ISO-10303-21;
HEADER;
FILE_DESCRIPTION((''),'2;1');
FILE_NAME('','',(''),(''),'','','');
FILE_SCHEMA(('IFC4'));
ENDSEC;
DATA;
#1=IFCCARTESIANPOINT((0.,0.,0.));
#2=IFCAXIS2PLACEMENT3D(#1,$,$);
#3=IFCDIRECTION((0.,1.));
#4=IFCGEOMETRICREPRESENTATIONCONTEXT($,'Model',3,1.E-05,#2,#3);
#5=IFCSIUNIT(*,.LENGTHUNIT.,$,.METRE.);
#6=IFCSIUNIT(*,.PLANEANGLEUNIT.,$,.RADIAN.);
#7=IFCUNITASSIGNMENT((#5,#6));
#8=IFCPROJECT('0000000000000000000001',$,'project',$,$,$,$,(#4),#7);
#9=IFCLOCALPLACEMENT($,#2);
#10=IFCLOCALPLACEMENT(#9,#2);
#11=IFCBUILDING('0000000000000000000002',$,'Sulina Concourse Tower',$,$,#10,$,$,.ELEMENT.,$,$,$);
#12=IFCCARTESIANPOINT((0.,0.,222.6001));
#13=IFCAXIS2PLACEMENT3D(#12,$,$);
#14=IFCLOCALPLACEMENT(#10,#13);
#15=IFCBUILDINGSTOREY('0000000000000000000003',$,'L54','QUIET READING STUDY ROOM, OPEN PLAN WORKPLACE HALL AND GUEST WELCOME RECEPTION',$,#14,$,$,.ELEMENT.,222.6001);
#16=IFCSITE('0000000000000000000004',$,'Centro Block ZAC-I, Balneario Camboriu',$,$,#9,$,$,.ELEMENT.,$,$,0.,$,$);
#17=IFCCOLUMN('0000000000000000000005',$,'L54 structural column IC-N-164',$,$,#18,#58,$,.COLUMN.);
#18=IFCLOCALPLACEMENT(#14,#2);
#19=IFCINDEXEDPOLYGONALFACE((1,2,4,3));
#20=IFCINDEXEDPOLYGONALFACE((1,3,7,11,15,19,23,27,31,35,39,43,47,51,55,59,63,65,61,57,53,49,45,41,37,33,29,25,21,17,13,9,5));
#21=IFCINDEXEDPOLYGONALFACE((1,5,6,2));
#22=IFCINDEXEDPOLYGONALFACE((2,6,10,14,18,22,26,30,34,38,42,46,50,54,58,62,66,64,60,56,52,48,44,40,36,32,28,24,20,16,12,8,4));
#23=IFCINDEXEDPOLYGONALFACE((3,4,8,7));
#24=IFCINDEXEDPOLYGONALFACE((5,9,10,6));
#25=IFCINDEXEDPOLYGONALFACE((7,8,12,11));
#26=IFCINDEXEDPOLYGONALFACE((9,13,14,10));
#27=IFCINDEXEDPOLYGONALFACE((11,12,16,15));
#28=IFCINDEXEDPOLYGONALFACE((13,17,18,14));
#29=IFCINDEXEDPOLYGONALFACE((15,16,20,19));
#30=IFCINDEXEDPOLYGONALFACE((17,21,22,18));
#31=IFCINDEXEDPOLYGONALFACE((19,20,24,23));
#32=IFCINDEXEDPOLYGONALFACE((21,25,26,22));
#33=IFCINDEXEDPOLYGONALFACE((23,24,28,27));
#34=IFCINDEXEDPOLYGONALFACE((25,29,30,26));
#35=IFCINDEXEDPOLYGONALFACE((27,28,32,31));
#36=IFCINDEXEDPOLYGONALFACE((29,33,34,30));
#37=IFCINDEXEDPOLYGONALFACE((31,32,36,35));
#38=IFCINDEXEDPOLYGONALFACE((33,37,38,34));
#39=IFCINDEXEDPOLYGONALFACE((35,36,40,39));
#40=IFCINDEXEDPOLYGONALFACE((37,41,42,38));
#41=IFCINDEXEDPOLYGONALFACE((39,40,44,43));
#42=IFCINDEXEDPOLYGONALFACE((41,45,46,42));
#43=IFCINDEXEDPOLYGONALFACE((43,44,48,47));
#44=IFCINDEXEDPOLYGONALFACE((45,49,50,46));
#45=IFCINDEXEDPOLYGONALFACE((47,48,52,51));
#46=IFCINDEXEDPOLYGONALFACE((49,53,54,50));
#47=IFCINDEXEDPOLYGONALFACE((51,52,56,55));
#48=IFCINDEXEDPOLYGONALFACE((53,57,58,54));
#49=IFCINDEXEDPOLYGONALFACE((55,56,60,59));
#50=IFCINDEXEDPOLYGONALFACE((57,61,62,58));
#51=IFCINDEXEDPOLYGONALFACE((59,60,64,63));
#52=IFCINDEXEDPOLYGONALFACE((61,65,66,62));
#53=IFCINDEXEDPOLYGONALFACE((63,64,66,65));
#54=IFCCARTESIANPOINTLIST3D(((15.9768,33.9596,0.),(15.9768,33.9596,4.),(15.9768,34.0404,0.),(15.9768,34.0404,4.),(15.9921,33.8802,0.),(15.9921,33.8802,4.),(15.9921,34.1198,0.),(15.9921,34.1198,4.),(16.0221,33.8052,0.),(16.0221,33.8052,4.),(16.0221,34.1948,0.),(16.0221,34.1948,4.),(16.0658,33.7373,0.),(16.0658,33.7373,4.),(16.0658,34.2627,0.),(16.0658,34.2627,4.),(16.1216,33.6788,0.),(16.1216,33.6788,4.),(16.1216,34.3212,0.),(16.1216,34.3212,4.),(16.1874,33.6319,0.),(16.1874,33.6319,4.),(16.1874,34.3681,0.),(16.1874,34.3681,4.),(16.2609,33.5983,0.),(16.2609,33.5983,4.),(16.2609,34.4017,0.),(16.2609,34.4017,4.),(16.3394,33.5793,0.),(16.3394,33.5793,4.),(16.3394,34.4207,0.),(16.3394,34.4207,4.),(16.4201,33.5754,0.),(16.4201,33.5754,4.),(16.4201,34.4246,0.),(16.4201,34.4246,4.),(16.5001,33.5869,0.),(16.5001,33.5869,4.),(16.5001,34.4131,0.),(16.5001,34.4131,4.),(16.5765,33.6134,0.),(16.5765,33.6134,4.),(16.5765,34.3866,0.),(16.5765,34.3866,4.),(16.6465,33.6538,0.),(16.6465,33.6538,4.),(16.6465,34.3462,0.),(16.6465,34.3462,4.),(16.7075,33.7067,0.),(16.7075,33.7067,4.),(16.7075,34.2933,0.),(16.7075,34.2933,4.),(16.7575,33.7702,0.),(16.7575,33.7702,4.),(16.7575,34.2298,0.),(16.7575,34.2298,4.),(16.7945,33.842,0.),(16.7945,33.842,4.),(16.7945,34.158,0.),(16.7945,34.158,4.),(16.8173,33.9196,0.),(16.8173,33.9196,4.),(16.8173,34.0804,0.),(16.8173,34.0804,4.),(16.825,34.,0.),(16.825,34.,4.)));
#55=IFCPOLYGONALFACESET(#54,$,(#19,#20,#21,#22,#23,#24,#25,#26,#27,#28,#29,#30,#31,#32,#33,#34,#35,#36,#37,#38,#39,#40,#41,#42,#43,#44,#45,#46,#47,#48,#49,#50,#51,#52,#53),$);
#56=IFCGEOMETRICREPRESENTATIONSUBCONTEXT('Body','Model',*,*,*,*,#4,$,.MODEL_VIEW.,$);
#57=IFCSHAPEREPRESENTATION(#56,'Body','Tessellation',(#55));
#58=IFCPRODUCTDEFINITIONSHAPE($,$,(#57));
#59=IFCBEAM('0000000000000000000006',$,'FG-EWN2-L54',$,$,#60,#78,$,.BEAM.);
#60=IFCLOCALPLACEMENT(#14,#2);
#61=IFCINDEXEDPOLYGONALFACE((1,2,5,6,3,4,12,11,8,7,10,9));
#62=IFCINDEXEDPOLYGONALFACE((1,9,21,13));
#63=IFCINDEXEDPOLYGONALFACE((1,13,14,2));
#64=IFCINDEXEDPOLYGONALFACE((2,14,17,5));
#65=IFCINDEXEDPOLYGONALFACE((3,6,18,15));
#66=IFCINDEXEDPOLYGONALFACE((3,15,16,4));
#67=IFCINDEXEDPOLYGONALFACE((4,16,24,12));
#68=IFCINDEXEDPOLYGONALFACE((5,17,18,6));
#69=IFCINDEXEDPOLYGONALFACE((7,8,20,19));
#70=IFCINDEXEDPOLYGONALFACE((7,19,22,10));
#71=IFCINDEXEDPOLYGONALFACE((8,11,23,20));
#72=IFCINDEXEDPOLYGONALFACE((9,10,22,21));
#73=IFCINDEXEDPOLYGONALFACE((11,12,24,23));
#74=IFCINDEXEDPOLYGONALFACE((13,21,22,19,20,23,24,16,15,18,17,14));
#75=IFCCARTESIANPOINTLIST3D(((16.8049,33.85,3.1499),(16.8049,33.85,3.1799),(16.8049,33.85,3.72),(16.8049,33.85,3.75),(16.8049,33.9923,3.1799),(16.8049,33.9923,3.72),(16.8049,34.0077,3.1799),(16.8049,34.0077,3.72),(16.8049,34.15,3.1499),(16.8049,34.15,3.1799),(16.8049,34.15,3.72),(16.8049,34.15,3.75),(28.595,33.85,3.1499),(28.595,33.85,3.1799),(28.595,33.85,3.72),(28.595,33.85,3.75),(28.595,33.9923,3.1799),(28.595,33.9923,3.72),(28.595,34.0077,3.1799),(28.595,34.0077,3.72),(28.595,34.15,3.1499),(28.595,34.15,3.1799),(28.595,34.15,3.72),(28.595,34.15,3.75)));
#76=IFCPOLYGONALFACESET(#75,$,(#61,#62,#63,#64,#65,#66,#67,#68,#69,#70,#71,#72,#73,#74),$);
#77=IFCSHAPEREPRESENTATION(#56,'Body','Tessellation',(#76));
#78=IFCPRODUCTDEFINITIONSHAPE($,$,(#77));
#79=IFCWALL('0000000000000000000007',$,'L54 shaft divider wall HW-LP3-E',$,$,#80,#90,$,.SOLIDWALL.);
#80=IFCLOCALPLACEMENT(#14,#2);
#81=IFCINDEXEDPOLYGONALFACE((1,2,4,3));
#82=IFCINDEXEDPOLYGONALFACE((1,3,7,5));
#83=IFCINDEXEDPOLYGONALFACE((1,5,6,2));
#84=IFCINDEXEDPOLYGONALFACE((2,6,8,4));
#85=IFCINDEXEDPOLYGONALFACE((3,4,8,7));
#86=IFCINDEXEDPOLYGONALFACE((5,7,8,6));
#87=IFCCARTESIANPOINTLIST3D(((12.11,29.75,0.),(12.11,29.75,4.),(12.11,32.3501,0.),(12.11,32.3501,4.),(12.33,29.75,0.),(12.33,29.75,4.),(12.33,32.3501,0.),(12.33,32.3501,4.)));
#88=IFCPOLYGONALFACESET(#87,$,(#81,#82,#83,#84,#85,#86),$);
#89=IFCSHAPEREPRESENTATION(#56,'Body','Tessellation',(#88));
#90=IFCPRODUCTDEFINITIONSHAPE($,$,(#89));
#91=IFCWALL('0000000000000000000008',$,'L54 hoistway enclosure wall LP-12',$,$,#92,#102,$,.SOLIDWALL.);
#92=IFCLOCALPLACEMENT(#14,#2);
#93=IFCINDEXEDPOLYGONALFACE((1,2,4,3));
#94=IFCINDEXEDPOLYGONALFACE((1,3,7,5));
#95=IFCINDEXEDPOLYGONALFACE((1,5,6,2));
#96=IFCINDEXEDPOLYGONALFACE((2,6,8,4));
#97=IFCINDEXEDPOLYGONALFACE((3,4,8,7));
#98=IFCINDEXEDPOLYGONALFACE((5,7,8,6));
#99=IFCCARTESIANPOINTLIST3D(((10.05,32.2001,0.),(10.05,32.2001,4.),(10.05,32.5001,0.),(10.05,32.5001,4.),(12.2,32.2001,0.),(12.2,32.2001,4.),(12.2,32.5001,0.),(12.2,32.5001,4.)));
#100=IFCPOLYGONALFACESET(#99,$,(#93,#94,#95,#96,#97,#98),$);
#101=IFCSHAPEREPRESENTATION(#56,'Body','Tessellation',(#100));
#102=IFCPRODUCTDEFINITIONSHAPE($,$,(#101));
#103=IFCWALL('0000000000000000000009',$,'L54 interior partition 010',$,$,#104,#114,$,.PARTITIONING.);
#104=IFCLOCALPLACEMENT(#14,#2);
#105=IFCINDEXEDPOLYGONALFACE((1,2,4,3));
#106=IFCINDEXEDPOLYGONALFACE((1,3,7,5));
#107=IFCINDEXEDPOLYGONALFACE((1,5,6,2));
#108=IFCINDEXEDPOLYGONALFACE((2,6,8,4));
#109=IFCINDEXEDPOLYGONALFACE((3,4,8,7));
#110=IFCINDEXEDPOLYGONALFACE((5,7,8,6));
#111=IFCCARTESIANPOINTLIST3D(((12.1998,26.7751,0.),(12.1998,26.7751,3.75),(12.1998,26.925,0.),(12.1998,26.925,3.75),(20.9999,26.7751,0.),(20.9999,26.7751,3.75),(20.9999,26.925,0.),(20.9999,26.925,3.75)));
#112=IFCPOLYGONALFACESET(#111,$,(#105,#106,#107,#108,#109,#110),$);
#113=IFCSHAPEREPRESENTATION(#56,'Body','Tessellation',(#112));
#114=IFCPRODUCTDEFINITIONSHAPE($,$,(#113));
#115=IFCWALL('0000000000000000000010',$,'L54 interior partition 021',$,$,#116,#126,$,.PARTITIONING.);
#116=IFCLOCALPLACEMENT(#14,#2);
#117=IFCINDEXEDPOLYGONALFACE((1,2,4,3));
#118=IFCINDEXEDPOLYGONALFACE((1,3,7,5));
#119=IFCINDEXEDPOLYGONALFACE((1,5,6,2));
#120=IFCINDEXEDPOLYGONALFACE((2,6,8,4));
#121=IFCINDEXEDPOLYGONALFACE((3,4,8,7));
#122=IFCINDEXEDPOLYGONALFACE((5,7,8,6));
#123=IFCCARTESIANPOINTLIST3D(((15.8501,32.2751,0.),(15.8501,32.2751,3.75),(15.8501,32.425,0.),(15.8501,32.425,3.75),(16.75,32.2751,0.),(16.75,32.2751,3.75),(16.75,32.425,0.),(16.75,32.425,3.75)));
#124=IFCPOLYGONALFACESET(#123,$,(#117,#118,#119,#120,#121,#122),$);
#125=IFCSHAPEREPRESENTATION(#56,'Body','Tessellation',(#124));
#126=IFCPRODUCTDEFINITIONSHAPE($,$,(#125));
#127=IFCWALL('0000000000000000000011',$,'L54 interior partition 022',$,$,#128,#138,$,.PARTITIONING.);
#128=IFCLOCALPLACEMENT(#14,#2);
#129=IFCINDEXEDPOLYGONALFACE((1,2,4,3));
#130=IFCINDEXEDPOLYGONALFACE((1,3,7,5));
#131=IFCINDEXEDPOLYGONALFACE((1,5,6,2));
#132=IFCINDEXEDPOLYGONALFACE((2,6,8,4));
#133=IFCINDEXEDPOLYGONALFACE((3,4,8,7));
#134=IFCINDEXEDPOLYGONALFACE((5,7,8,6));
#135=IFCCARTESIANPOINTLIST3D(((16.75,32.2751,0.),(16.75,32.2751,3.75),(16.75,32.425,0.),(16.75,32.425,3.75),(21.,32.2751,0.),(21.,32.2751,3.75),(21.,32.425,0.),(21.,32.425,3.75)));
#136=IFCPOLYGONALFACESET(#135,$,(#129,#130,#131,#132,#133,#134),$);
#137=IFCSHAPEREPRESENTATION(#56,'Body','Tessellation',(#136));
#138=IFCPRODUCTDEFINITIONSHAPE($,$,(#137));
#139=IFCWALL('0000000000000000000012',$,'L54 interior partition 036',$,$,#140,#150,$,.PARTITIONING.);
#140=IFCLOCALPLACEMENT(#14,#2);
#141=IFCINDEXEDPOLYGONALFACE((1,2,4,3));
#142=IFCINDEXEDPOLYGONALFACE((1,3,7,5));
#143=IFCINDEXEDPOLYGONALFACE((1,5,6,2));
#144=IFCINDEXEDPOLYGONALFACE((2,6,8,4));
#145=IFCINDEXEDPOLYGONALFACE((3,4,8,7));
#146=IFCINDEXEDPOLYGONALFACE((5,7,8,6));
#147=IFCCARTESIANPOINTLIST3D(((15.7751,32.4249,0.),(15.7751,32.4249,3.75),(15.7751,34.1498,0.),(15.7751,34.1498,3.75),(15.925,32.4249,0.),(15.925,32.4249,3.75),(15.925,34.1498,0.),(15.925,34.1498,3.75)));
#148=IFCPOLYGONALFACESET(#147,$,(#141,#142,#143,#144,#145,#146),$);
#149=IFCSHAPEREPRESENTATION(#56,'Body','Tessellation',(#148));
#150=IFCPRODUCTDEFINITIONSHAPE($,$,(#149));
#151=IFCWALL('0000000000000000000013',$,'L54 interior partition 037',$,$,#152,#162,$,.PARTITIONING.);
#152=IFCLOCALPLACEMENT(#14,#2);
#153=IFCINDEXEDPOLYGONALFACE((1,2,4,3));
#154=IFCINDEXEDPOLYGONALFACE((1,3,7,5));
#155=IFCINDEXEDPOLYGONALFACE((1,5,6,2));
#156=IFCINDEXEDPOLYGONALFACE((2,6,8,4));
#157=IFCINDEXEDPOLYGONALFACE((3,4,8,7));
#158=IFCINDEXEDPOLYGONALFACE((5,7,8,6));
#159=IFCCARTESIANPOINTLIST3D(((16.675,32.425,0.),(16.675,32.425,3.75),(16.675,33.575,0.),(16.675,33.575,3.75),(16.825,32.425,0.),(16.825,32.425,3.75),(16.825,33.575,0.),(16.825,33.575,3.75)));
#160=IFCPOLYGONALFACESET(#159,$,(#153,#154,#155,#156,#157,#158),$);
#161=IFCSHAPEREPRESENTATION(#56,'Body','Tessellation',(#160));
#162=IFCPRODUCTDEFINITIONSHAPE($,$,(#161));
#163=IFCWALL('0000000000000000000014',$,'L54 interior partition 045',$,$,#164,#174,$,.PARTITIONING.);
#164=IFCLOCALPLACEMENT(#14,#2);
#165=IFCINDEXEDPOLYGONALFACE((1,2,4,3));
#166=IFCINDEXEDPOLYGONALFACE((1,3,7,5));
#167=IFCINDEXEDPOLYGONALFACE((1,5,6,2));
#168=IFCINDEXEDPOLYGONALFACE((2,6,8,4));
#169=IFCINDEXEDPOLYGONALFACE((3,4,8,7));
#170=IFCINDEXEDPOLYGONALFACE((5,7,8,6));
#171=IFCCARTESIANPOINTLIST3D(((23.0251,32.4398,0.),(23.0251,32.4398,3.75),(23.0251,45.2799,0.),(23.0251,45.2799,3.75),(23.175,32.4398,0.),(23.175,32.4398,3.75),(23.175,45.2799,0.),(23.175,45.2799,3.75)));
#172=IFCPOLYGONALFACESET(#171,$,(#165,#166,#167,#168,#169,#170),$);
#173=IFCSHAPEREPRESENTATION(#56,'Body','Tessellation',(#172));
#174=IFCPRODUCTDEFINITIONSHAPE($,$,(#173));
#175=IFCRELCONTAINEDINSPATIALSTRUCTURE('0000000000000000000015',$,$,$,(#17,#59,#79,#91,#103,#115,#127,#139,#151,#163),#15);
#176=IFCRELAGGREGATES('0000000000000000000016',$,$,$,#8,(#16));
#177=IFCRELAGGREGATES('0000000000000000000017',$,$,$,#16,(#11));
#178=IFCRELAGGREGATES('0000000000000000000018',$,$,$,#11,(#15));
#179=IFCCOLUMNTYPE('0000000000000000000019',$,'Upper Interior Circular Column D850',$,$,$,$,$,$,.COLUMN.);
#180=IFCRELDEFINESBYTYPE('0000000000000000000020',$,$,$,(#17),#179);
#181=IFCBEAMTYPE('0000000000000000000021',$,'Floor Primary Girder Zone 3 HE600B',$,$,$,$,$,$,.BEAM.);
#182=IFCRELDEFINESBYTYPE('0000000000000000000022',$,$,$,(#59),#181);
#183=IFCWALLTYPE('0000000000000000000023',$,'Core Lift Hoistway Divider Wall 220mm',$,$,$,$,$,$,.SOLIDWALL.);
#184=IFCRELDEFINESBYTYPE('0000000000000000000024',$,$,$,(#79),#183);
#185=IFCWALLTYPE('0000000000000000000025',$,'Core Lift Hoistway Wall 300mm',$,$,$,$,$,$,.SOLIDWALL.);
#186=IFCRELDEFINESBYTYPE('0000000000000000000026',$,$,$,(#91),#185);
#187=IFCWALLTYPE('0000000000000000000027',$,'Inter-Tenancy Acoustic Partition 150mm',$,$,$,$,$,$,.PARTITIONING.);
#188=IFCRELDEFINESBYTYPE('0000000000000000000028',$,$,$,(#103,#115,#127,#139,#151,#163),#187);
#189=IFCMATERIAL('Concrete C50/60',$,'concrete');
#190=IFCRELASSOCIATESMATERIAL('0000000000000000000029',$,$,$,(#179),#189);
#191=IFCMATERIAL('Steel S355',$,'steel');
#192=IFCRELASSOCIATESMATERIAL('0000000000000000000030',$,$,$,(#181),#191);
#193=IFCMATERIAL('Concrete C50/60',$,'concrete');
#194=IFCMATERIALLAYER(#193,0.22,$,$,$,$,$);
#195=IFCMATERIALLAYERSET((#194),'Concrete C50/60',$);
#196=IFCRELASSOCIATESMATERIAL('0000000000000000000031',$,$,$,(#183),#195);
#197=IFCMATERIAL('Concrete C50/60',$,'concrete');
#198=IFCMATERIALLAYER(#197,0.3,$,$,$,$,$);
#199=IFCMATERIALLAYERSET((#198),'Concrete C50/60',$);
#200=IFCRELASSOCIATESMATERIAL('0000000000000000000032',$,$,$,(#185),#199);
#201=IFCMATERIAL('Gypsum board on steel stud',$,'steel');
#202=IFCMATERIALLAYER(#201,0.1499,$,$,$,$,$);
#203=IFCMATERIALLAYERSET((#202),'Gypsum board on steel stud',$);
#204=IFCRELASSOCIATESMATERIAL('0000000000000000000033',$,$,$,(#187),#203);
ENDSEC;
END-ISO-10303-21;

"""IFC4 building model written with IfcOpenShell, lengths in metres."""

from ifc_helpers import new_model, si_unit, direction, frame, frame_2d, origin, origin_2d, place, context, subcontext, project, spatial, rectangle, circle, i_section, extrude, material, layer, layer_set, material_profile, profile_set, type_object, element, save


model = new_model("IFC4")

# Units and contexts
model_context = context("Model", 3, precision=1e-05, world=origin(), true_north=direction((0.0, 1.0)))
body_context = subcontext(model_context, "Body", "Model", "MODEL_VIEW")
ifc_project = project(units=[si_unit("LENGTHUNIT", "METRE"), si_unit("PLANEANGLEUNIT", "RADIAN")], contexts=[model_context])

# Site, building, storey
site_placement = place(None, origin())
site = spatial("IfcSite", under=ifc_project, at=site_placement, Name="Centro Block ZAC-I, Balneario Camboriu", CompositionType="ELEMENT", RefElevation=0.0)
building_placement = place(site_placement, origin())
building = spatial("IfcBuilding", under=site, at=building_placement, Name="Sulina Concourse Tower", CompositionType="ELEMENT")
storey_placement = place(building_placement, frame((0.0, 0.0, 222.6001)))
storey = spatial("IfcBuildingStorey", under=building, at=storey_placement, Name="L54", Description="QUIET READING STUDY ROOM, OPEN PLAN WORKPLACE HALL AND GUEST WELCOME RECEPTION", CompositionType="ELEMENT", Elevation=222.6001)

# Column
ifc_material_1 = material(Name="Concrete C50/60", Category="concrete")
ifc_material_profile_1 = material_profile(ifc_material_1, circle(Radius=0.425, at=origin_2d()), Name="RC D850")
ifc_profile_set_1 = profile_set([ifc_material_profile_1], Name="Concrete C50/60")
column_type = type_object("IfcColumnType", Name="Upper Interior Circular Column D850", PredefinedType="COLUMN", material=ifc_profile_set_1)
column_placement = place(storey_placement, frame((16.3999, 34.0, 0.0), z_axis=(0.0, 0.0, 1.0), x_axis=(1.0, 0.0, 0.0)))
element("IfcColumn", 1, at=column_placement, inside=storey, type_object=column_type, Name="L54 structural column IC-N-164", PredefinedType="COLUMN", context=body_context, shape_type="SweptSolid", body=[
    extrude(circle(Radius=0.425, at=origin_2d()), origin(), (0.0, 0.0, 1.0), 4.0),
])

# Beam
ifc_material_2 = material(Name="Steel S355", Category="steel")
ifc_material_profile_2 = material_profile(ifc_material_2, i_section(OverallWidth=0.3, OverallDepth=0.6001, WebThickness=0.0154, FlangeThickness=0.03, at=origin_2d()), Name="HE 600 B")
ifc_profile_set_2 = profile_set([ifc_material_profile_2], Name="Steel S355")
beam_type = type_object("IfcBeamType", Name="Floor Primary Girder Zone 3 HE600B", PredefinedType="BEAM", material=ifc_profile_set_2)
beam_placement = place(storey_placement, frame((16.8049, 34.0, 3.45), z_axis=(1.0, 0.0, 0.0), x_axis=(0.0, 1.0, 0.0)))
element("IfcBeam", 2, at=beam_placement, inside=storey, type_object=beam_type, Name="FG-EWN2-L54", PredefinedType="BEAM", context=body_context, shape_type="SweptSolid", body=[
    extrude(i_section(OverallWidth=0.3, OverallDepth=0.6001, WebThickness=0.0154, FlangeThickness=0.03, at=origin_2d()), origin(), (0.0, 0.0, 1.0), 11.79),
])

# Walls
ifc_material_3 = material(Name="Concrete C50/60", Category="concrete")
ifc_layer_1 = layer(ifc_material_3, 0.22)
ifc_layer_set_1 = layer_set([ifc_layer_1], Name="Concrete C50/60")
wall_type_1 = type_object("IfcWallType", Name="Core Lift Hoistway Divider Wall 220mm", PredefinedType="SOLIDWALL", material=ifc_layer_set_1)
wall_1_placement = place(storey_placement, frame((12.22, 29.75, 0.0), z_axis=(0.0, 0.0, 1.0), x_axis=(0.0, 1.0, 0.0)))
element("IfcWall", 3, at=wall_1_placement, inside=storey, type_object=wall_type_1, Name="L54 shaft divider wall HW-LP3-E", PredefinedType="SOLIDWALL", context=body_context, shape_type="SweptSolid", body=[
    extrude(rectangle(XDim=2.6001, YDim=0.22, at=frame_2d((1.3, 0.0))), origin(), (0.0, 0.0, 1.0), 4.0),
])
ifc_material_4 = material(Name="Concrete C50/60", Category="concrete")
ifc_layer_2 = layer(ifc_material_4, 0.3)
ifc_layer_set_2 = layer_set([ifc_layer_2], Name="Concrete C50/60")
wall_type_2 = type_object("IfcWallType", Name="Core Lift Hoistway Wall 300mm", PredefinedType="SOLIDWALL", material=ifc_layer_set_2)
wall_2_placement = place(storey_placement, frame((10.05, 32.3501, 0.0), z_axis=(0.0, 0.0, 1.0), x_axis=(1.0, 0.0, 0.0)))
element("IfcWall", 4, at=wall_2_placement, inside=storey, type_object=wall_type_2, Name="L54 hoistway enclosure wall LP-12", PredefinedType="SOLIDWALL", context=body_context, shape_type="SweptSolid", body=[
    extrude(rectangle(XDim=2.1499, YDim=0.3, at=frame_2d((1.075, 0.0))), origin(), (0.0, 0.0, 1.0), 4.0),
])
ifc_material_5 = material(Name="Gypsum board on steel stud", Category="steel")
ifc_layer_3 = layer(ifc_material_5, 0.1499)
ifc_layer_set_3 = layer_set([ifc_layer_3], Name="Gypsum board on steel stud")
wall_type_3 = type_object("IfcWallType", Name="Inter-Tenancy Acoustic Partition 150mm", PredefinedType="PARTITIONING", material=ifc_layer_set_3)
wall_3_placement = place(storey_placement, frame((12.2, 26.8501, 0.0), z_axis=(0.0, 0.0, 1.0), x_axis=(1.0, 0.0, 0.0)))
element("IfcWall", 5, at=wall_3_placement, inside=storey, type_object=wall_type_3, Name="L54 interior partition 010", PredefinedType="PARTITIONING", context=body_context, shape_type="SweptSolid", body=[
    extrude(rectangle(XDim=8.8, YDim=0.1499, at=frame_2d((4.3999, 0.0))), origin(), (0.0, 0.0, 1.0), 3.75),
])

# Walls
wall_4_placement = place(storey_placement, frame((15.8501, 32.3501, 0.0), z_axis=(0.0, 0.0, 1.0), x_axis=(1.0, 0.0, 0.0)))
element("IfcWall", 6, at=wall_4_placement, inside=storey, type_object=wall_type_3, Name="L54 interior partition 021", PredefinedType="PARTITIONING", context=body_context, shape_type="SweptSolid", body=[
    extrude(rectangle(XDim=0.8999, YDim=0.1499, at=frame_2d((0.45, 0.0))), origin(), (0.0, 0.0, 1.0), 3.75),
])
wall_5_placement = place(storey_placement, frame((16.75, 32.3501, 0.0), z_axis=(0.0, 0.0, 1.0), x_axis=(1.0, 0.0, 0.0)))
element("IfcWall", 7, at=wall_5_placement, inside=storey, type_object=wall_type_3, Name="L54 interior partition 022", PredefinedType="PARTITIONING", context=body_context, shape_type="SweptSolid", body=[
    extrude(rectangle(XDim=4.25, YDim=0.1499, at=frame_2d((2.125, 0.0))), origin(), (0.0, 0.0, 1.0), 3.75),
])
wall_6_placement = place(storey_placement, frame((15.8501, 32.425, 0.0), z_axis=(0.0, 0.0, 1.0), x_axis=(0.0, 1.0, 0.0)))
element("IfcWall", 8, at=wall_6_placement, inside=storey, type_object=wall_type_3, Name="L54 interior partition 036", PredefinedType="PARTITIONING", context=body_context, shape_type="SweptSolid", body=[
    extrude(rectangle(XDim=1.7249, YDim=0.1499, at=frame_2d((0.8623, 0.0))), origin(), (0.0, 0.0, 1.0), 3.75),
])
wall_7_placement = place(storey_placement, frame((16.75, 32.425, 0.0), z_axis=(0.0, 0.0, 1.0), x_axis=(0.0, 1.0, 0.0)))
element("IfcWall", 9, at=wall_7_placement, inside=storey, type_object=wall_type_3, Name="L54 interior partition 037", PredefinedType="PARTITIONING", context=body_context, shape_type="SweptSolid", body=[
    extrude(rectangle(XDim=1.1499, YDim=0.1499, at=frame_2d((0.575, 0.0))), origin(), (0.0, 0.0, 1.0), 3.75),
])
wall_8_placement = place(storey_placement, frame((23.1001, 32.4399, 0.0), z_axis=(0.0, 0.0, 1.0), x_axis=(0.0, 1.0, 0.0)))
element("IfcWall", 10, at=wall_8_placement, inside=storey, type_object=wall_type_3, Name="L54 interior partition 045", PredefinedType="PARTITIONING", context=body_context, shape_type="SweptSolid", body=[
    extrude(rectangle(XDim=12.8401, YDim=0.1499, at=frame_2d((6.4199, 0.0))), origin(), (0.0, 0.0, 1.0), 3.75),
])

save(model, "model.ifc")
